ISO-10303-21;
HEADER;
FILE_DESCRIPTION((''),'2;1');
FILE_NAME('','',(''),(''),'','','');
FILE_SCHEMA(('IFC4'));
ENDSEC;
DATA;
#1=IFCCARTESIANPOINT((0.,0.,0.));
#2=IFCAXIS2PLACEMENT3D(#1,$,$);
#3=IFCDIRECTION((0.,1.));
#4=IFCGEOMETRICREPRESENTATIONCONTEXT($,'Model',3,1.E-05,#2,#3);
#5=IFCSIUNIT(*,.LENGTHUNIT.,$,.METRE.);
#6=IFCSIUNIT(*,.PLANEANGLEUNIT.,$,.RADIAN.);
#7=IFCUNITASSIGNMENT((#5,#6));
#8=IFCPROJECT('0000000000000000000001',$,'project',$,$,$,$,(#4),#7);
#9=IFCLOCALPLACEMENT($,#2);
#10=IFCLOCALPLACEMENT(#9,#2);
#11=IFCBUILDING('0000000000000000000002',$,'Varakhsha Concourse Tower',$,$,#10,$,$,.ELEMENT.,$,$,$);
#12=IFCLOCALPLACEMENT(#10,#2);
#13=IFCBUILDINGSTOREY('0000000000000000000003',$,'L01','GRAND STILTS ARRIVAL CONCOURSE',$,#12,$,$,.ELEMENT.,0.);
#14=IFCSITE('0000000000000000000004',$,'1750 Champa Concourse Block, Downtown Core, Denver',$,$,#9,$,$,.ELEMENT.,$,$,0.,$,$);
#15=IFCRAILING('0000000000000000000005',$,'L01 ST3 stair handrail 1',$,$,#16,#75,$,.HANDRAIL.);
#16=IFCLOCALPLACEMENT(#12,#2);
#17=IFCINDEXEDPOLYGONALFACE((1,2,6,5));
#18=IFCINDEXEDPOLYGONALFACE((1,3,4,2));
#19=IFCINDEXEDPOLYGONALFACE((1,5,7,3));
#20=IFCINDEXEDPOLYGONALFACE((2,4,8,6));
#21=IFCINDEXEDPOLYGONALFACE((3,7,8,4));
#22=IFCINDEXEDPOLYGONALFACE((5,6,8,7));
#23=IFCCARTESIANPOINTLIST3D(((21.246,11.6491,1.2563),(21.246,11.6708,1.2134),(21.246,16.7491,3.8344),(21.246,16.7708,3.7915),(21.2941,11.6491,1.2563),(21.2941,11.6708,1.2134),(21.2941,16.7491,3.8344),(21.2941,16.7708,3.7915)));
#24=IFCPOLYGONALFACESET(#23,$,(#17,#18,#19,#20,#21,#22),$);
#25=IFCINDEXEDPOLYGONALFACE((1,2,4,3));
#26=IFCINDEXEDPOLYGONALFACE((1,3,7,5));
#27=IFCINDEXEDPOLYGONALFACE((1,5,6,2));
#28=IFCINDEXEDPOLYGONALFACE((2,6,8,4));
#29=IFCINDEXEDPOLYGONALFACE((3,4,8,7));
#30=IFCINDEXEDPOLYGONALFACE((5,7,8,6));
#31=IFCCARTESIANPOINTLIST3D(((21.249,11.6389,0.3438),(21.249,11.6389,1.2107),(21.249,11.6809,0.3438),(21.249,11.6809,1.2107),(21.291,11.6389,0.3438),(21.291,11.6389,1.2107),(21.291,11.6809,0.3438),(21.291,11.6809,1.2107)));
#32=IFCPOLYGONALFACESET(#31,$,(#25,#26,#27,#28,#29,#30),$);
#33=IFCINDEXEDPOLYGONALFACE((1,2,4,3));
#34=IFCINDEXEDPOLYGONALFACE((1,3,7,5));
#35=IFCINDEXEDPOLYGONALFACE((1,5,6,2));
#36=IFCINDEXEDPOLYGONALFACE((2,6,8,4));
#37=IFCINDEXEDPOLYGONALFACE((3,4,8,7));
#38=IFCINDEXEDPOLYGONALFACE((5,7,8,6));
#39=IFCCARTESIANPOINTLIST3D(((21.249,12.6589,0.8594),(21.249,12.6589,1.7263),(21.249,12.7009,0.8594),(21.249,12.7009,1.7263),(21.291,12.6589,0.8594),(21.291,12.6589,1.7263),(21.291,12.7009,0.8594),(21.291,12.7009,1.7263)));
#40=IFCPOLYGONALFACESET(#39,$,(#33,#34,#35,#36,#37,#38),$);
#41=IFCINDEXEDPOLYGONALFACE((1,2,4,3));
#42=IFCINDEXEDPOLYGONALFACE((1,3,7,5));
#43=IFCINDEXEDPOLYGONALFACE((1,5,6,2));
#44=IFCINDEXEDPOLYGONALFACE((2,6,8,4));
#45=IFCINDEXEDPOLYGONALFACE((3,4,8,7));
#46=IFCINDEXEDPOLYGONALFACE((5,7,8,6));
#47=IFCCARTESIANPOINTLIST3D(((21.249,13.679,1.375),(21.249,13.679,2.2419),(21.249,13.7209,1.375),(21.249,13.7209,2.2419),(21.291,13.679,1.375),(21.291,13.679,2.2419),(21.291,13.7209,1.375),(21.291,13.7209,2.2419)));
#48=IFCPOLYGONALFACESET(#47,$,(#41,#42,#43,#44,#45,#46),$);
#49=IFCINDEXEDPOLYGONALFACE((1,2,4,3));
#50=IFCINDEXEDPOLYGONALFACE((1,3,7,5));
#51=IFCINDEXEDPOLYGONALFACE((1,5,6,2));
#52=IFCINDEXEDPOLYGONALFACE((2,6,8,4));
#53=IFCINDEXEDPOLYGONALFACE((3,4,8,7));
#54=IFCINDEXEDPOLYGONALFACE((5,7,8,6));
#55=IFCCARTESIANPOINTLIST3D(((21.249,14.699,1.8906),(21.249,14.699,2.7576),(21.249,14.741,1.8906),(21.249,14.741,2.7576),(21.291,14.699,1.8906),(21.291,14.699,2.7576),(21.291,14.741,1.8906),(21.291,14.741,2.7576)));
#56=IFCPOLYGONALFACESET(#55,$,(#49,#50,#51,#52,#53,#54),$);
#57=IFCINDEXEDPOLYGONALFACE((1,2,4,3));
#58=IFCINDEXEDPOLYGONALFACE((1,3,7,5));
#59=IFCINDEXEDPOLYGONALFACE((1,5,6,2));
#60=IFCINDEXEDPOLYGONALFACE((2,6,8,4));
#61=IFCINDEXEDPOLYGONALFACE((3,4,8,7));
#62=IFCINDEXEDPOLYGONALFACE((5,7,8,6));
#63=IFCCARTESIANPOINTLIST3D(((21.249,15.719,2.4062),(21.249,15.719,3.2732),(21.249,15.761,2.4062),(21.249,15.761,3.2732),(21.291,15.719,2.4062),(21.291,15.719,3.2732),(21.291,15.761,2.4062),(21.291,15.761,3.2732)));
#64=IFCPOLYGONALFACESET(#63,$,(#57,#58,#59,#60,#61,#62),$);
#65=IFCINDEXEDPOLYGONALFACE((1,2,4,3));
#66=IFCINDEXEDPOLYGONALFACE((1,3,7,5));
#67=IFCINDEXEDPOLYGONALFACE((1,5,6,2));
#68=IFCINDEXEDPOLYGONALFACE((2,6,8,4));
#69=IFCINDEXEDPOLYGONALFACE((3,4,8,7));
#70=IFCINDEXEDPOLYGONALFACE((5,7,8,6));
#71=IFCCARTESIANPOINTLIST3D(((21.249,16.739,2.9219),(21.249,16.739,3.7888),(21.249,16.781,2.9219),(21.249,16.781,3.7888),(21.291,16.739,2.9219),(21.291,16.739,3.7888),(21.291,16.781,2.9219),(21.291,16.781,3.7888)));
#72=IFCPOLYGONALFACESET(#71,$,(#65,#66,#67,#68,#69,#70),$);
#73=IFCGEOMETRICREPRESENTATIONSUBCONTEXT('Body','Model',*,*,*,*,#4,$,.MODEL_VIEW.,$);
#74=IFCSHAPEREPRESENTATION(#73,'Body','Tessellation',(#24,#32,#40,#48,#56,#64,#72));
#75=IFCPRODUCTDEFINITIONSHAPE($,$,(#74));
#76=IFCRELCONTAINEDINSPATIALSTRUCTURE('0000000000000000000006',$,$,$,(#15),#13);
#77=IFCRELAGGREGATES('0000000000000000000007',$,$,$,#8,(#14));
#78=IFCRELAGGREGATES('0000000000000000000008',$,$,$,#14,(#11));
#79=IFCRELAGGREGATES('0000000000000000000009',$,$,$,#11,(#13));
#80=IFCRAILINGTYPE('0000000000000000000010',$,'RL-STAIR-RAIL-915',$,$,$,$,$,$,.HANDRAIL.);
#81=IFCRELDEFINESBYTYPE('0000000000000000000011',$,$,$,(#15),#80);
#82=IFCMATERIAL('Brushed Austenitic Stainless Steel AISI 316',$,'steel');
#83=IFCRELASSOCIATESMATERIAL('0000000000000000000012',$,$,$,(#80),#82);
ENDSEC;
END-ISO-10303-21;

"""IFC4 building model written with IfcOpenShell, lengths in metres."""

from ifc_helpers import new_model, si_unit, direction, frame, origin, origin_2d, place, context, subcontext, project, spatial, rectangle, extrude, material, type_object, element, save


model = new_model("IFC4")

# Units and contexts
model_context = context("Model", 3, precision=1e-05, world=origin(), true_north=direction((0.0, 1.0)))
body_context = subcontext(model_context, "Body", "Model", "MODEL_VIEW")
ifc_project = project(units=[si_unit("LENGTHUNIT", "METRE"), si_unit("PLANEANGLEUNIT", "RADIAN")], contexts=[model_context])

# Site, building, storey
site_placement = place(None, origin())
site = spatial("IfcSite", under=ifc_project, at=site_placement, Name="1750 Champa Concourse Block, Downtown Core, Denver", CompositionType="ELEMENT", RefElevation=0.0)
building_placement = place(site_placement, origin())
building = spatial("IfcBuilding", under=site, at=building_placement, Name="Varakhsha Concourse Tower", CompositionType="ELEMENT")
storey_placement = place(building_placement, origin())
storey = spatial("IfcBuildingStorey", under=building, at=storey_placement, Name="L01", Description="GRAND STILTS ARRIVAL CONCOURSE", CompositionType="ELEMENT", Elevation=0.0)

# Railing
ifc_material_1 = material(Name="Brushed Austenitic Stainless Steel AISI 316", Category="steel")
railing_type_1 = type_object("IfcRailingType", Name="RL-STAIR-RAIL-915", PredefinedType="HANDRAIL", material=ifc_material_1)
railing_1_placement = place(storey_placement, frame((21.27, 11.6599, 0.3438)))
element("IfcRailing", 1, at=railing_1_placement, inside=storey, type_object=railing_type_1, Name="L01 ST3 stair handrail 1", PredefinedType="HANDRAIL", context=body_context, shape_type="SweptSolid", body=[
    extrude(rectangle(XDim=0.0481, YDim=0.0481, at=origin_2d()), frame((0.0, 0.0, 0.8911), z_axis=(0.0, 0.892453, 0.45114), x_axis=(-1.0, 0.0, 0.0)), (0.0, 0.0, 1.0), 5.7146),
    extrude(rectangle(XDim=0.042, YDim=0.042, at=origin_2d()), origin(), (0.0, 0.0, 1.0), 0.8669),
    extrude(rectangle(XDim=0.042, YDim=0.042, at=origin_2d()), frame((0.0, 1.02, 0.5156)), (0.0, 0.0, 1.0), 0.8669),
    extrude(rectangle(XDim=0.042, YDim=0.042, at=origin_2d()), frame((0.0, 2.04, 1.0312)), (0.0, 0.0, 1.0), 0.8669),
    extrude(rectangle(XDim=0.042, YDim=0.042, at=origin_2d()), frame((0.0, 3.0601, 1.5469)), (0.0, 0.0, 1.0), 0.8669),
    extrude(rectangle(XDim=0.042, YDim=0.042, at=origin_2d()), frame((0.0, 4.0801, 2.0625)), (0.0, 0.0, 1.0), 0.8669),
    extrude(rectangle(XDim=0.042, YDim=0.042, at=origin_2d()), frame((0.0, 5.1001, 2.5781)), (0.0, 0.0, 1.0), 0.8669),
])

save(model, "model.ifc")
